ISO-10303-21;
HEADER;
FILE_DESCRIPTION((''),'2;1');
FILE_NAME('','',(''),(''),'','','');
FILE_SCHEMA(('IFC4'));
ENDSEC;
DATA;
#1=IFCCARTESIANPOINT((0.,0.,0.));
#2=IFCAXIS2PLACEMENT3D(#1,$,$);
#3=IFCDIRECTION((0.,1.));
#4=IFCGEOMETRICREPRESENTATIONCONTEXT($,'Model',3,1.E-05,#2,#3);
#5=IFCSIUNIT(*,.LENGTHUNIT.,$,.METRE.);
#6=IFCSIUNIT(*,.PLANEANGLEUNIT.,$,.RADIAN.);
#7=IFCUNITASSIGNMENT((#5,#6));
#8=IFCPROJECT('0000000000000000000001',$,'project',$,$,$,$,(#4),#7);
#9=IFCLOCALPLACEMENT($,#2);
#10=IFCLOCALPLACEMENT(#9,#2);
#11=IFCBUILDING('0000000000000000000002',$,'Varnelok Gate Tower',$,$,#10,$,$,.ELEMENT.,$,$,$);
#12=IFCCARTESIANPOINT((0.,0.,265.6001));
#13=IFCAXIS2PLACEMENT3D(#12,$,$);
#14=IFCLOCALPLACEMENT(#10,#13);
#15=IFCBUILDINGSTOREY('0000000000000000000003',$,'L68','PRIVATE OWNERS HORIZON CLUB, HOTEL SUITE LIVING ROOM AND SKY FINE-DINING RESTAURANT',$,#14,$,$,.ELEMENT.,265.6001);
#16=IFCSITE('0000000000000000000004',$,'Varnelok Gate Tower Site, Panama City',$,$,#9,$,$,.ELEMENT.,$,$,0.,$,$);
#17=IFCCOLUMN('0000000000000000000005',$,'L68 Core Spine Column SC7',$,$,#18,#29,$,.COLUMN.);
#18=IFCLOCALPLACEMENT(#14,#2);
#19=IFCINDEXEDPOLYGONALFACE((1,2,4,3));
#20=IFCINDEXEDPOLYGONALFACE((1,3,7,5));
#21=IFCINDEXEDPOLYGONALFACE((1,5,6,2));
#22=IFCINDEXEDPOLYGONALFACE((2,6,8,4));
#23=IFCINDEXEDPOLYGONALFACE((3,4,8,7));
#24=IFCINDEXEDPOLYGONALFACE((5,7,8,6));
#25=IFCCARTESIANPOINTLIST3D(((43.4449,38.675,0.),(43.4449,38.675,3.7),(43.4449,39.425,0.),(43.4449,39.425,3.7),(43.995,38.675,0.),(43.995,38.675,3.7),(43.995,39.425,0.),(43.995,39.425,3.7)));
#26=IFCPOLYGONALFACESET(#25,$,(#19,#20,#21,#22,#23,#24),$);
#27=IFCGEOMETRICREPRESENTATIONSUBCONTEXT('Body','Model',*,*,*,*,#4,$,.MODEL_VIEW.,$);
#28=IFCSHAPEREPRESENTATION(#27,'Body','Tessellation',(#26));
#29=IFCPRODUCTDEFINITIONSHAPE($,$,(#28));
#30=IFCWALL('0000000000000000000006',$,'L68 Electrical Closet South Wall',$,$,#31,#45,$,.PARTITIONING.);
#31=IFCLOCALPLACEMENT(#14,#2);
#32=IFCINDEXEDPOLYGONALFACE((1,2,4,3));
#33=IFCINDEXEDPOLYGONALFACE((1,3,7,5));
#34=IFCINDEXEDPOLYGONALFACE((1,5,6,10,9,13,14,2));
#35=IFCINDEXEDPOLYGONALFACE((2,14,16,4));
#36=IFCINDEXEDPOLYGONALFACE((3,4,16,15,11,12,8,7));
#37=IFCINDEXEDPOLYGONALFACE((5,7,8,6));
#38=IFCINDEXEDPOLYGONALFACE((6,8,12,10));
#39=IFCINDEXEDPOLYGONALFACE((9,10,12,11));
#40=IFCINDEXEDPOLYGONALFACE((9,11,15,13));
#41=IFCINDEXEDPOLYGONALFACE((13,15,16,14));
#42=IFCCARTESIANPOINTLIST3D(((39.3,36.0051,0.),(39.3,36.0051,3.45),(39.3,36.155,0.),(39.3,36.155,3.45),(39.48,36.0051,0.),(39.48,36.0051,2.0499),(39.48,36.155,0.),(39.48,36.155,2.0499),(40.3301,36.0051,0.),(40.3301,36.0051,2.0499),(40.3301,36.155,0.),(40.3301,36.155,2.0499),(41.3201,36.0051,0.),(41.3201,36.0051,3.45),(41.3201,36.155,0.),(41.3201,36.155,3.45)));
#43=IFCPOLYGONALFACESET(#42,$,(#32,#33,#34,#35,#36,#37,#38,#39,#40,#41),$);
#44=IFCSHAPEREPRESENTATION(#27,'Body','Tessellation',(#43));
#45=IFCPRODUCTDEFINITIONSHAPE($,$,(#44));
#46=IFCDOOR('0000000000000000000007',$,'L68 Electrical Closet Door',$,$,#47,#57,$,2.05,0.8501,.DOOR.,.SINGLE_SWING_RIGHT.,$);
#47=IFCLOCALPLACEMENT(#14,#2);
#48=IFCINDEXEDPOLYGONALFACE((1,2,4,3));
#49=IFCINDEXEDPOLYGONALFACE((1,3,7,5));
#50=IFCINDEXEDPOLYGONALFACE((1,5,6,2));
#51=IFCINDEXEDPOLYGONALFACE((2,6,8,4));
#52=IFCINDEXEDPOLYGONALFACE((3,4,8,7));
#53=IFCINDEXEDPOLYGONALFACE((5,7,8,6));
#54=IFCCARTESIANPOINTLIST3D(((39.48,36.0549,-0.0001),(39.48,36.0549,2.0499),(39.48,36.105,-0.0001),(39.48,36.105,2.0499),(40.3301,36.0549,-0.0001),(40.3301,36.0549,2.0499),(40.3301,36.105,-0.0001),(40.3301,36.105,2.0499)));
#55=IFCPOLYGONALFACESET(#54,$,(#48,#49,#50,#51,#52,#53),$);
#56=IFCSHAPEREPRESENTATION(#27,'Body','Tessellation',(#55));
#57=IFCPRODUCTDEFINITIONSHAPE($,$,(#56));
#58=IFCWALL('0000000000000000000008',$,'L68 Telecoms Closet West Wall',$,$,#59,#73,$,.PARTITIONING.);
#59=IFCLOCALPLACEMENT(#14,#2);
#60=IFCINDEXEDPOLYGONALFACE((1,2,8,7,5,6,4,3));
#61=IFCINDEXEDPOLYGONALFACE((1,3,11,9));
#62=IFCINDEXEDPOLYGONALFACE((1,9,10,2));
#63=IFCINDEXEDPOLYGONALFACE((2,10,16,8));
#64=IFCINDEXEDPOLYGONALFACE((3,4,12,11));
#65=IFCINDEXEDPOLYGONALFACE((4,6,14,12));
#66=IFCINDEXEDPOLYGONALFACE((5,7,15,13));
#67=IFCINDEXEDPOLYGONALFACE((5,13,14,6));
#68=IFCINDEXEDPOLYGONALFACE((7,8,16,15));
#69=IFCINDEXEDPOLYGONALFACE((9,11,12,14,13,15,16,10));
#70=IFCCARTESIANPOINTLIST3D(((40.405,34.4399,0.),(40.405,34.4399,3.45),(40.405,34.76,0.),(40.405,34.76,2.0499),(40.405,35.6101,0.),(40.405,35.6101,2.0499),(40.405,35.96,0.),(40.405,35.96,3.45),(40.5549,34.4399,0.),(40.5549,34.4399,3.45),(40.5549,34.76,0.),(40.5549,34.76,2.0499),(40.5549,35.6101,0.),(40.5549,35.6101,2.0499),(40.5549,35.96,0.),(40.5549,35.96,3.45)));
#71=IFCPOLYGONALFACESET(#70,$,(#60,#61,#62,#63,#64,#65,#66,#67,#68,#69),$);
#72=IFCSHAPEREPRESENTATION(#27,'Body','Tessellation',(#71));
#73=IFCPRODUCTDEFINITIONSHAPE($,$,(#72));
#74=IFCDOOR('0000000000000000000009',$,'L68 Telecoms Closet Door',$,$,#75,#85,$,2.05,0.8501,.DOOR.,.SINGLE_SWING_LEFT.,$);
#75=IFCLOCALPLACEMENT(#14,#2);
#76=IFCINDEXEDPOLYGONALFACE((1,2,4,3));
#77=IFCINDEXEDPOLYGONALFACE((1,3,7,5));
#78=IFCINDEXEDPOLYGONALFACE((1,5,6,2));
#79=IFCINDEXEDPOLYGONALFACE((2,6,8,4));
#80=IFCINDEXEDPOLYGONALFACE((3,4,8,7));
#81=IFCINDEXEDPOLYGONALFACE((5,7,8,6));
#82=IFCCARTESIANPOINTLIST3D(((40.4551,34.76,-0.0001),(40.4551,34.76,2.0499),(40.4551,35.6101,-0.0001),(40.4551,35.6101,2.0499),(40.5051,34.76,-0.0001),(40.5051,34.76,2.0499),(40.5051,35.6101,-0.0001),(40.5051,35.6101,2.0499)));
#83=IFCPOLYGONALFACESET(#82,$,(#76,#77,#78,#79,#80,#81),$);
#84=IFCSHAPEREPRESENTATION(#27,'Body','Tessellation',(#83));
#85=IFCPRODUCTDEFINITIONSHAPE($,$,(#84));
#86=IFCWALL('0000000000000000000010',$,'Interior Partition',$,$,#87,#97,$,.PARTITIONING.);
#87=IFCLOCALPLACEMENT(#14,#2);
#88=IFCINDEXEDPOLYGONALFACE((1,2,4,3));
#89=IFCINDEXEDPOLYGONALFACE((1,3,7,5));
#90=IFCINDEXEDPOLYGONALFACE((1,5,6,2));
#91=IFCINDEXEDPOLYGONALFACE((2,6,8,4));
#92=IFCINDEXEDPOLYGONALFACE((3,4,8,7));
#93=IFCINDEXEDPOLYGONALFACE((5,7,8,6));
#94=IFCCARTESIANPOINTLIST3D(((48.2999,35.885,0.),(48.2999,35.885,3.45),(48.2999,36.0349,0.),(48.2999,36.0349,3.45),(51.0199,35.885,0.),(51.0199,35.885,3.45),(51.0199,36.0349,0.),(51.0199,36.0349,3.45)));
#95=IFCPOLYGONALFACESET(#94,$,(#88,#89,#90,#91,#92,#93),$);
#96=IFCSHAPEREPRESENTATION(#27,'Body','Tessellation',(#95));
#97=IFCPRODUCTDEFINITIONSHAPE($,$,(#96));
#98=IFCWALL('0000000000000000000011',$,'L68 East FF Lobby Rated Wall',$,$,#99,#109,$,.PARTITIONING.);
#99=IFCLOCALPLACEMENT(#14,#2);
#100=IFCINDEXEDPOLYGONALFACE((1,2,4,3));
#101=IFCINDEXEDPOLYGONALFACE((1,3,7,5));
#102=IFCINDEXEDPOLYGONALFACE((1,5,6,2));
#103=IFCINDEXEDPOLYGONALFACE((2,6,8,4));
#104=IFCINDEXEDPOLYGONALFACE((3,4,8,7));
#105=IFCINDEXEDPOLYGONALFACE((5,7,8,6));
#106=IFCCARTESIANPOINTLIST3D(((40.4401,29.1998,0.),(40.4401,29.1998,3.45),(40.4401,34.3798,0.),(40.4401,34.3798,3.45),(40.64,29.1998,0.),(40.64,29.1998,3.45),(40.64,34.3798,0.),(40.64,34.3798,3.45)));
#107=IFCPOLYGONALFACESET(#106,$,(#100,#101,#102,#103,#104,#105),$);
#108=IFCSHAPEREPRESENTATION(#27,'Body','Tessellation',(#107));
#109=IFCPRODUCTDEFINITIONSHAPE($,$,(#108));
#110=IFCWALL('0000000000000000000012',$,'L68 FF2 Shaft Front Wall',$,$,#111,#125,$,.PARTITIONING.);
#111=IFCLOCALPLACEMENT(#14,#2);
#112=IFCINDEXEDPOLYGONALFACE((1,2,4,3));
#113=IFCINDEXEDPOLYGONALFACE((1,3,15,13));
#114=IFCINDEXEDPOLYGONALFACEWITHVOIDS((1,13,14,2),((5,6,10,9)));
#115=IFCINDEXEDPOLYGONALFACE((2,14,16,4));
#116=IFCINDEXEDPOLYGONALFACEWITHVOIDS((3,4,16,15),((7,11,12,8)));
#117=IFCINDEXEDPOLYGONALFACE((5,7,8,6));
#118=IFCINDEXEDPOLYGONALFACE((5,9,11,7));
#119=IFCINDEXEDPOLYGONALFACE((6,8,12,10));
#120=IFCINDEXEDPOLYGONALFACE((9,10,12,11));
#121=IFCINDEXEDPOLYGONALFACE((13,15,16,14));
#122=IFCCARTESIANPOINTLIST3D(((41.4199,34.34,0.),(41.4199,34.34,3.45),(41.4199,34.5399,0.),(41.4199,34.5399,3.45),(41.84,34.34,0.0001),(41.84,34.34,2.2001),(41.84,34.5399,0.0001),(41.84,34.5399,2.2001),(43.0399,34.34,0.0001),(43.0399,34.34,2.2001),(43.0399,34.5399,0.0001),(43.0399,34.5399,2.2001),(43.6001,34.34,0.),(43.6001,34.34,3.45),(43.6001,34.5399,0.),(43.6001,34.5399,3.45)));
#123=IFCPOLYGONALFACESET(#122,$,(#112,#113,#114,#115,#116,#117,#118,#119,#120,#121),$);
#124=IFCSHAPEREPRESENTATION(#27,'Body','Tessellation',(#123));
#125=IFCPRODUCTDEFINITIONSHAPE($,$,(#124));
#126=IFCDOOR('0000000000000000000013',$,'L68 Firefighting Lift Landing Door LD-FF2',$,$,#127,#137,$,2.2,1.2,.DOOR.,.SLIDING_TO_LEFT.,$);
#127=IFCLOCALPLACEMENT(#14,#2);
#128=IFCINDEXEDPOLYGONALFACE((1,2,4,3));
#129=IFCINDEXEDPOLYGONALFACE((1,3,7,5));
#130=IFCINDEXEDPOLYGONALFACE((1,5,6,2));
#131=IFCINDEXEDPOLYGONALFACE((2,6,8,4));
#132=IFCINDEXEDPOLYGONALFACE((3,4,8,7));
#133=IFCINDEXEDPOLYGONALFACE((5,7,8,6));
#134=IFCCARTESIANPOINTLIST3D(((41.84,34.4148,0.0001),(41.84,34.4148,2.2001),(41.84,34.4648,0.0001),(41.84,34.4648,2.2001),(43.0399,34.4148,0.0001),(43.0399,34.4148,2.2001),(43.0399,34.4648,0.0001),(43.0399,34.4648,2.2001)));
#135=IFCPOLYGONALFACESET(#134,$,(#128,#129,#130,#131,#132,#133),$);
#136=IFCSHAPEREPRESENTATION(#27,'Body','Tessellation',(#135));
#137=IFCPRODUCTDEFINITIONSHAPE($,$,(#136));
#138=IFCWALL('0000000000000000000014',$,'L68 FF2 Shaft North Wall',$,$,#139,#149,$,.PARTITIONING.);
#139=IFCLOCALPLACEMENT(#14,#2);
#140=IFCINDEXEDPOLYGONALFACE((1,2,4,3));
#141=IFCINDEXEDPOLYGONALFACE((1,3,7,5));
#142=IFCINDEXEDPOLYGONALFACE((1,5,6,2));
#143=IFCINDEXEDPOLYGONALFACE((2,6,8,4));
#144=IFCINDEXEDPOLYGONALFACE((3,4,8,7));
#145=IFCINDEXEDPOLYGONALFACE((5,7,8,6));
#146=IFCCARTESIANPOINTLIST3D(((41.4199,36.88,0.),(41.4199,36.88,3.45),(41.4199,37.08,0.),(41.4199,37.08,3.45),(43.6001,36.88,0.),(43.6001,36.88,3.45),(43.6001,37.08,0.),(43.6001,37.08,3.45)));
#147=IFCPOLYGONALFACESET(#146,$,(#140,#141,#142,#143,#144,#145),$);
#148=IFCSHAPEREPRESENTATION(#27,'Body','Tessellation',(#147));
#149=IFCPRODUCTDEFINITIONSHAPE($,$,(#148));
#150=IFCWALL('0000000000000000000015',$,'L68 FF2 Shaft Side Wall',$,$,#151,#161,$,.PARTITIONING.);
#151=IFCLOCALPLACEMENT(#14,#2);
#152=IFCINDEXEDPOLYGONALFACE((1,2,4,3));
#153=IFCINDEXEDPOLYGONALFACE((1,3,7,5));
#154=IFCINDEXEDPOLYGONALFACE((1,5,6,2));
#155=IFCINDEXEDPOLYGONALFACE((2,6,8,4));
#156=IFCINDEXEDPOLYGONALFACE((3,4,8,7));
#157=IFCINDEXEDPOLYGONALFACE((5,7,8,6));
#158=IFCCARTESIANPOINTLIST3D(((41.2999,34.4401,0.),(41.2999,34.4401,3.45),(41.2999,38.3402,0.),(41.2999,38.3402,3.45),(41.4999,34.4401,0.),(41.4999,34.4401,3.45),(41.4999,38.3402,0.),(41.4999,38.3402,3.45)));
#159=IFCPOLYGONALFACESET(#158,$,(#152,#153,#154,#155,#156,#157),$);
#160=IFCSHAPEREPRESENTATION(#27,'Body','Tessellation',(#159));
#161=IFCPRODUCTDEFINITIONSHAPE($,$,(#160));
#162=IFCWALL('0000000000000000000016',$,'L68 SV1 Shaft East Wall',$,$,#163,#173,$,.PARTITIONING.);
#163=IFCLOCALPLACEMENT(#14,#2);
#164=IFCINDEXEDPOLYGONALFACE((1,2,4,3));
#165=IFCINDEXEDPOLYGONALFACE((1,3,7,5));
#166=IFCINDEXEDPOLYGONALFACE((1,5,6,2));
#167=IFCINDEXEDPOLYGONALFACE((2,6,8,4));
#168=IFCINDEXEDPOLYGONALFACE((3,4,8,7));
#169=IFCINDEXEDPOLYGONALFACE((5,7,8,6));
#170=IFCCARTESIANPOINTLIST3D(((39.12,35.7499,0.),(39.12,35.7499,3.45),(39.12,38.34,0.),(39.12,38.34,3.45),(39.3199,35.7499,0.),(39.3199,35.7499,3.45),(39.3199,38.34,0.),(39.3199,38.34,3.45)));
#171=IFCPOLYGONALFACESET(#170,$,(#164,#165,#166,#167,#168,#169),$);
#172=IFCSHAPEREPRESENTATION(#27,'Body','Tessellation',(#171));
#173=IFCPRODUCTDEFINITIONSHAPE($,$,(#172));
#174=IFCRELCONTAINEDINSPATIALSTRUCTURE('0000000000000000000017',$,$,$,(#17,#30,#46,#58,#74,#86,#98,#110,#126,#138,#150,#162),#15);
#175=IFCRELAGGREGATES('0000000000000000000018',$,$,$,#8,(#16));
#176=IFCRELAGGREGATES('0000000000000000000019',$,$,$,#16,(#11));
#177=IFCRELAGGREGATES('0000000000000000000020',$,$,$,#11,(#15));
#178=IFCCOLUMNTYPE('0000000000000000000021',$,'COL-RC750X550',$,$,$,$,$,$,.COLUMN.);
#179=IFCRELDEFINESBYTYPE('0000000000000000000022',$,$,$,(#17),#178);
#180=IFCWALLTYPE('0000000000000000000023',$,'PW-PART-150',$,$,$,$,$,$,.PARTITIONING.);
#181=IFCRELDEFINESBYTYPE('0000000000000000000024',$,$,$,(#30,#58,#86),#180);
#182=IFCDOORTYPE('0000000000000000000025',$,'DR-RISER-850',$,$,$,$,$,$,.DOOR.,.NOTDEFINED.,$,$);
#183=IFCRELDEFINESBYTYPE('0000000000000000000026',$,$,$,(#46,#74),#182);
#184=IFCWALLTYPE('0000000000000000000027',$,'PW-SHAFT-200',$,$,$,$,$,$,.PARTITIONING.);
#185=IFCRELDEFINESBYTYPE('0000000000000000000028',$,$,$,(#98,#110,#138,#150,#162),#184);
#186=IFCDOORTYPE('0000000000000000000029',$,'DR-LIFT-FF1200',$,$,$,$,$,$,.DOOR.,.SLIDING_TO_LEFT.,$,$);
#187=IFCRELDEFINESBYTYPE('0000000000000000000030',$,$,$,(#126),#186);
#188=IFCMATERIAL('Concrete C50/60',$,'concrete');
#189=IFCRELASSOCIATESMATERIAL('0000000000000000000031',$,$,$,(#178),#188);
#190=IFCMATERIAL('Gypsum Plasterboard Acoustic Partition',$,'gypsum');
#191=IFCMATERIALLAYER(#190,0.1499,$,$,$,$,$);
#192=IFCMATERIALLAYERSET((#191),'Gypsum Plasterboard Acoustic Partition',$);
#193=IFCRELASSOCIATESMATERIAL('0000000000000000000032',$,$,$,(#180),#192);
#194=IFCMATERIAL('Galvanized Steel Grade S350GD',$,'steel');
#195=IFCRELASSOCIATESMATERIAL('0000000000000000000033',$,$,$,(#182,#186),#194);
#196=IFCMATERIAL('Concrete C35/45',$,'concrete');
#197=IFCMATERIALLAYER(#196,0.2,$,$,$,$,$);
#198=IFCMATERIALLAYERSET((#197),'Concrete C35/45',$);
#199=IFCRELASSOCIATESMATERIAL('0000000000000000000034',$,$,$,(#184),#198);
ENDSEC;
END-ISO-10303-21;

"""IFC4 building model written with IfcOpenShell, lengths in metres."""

from ifc_helpers import new_model, si_unit, direction, frame, frame_2d, origin, origin_2d, place, context, subcontext, project, spatial, rectangle, extrude, material, layer, layer_set, material_profile, profile_set, type_object, element, fill, save


model = new_model("IFC4")

# Units and contexts
model_context = context("Model", 3, precision=1e-05, world=origin(), true_north=direction((0.0, 1.0)))
body_context = subcontext(model_context, "Body", "Model", "MODEL_VIEW")
ifc_project = project(units=[si_unit("LENGTHUNIT", "METRE"), si_unit("PLANEANGLEUNIT", "RADIAN")], contexts=[model_context])

# Site, building, storey
site_placement = place(None, origin())
site = spatial("IfcSite", under=ifc_project, at=site_placement, Name="Varnelok Gate Tower Site, Panama City", CompositionType="ELEMENT", RefElevation=0.0)
building_placement = place(site_placement, origin())
building = spatial("IfcBuilding", under=site, at=building_placement, Name="Varnelok Gate Tower", CompositionType="ELEMENT")
storey_placement = place(building_placement, frame((0.0, 0.0, 265.6001)))
storey = spatial("IfcBuildingStorey", under=building, at=storey_placement, Name="L68", Description="PRIVATE OWNERS HORIZON CLUB, HOTEL SUITE LIVING ROOM AND SKY FINE-DINING RESTAURANT", CompositionType="ELEMENT", Elevation=265.6001)

# Column
ifc_material_1 = material(Name="Concrete C50/60", Category="concrete")
ifc_material_profile = material_profile(ifc_material_1, rectangle(XDim=0.55, YDim=0.75, at=origin_2d()), Name="RC750X550")
ifc_profile_set = profile_set([ifc_material_profile], Name="Concrete C50/60")
column_type = type_object("IfcColumnType", Name="COL-RC750X550", PredefinedType="COLUMN", material=ifc_profile_set)
column_placement = place(storey_placement, frame((43.72, 39.05, 0.0), z_axis=(0.0, 0.0, 1.0), x_axis=(1.0, 0.0, 0.0)))
element("IfcColumn", 1, at=column_placement, inside=storey, type_object=column_type, Name="L68 Core Spine Column SC7", PredefinedType="COLUMN", context=body_context, shape_type="SweptSolid", body=[
    extrude(rectangle(XDim=0.55, YDim=0.75, at=origin_2d()), origin(), (0.0, 0.0, 1.0), 3.7),
])

# Walls, openings, doors
ifc_material_2 = material(Name="Gypsum Plasterboard Acoustic Partition", Category="gypsum")
ifc_layer_1 = layer(ifc_material_2, 0.1499)
ifc_layer_set_1 = layer_set([ifc_layer_1], Name="Gypsum Plasterboard Acoustic Partition")
wall_type_1 = type_object("IfcWallType", Name="PW-PART-150", PredefinedType="PARTITIONING", material=ifc_layer_set_1)
wall_1_placement = place(storey_placement, frame((39.3, 36.0801, 0.0), z_axis=(0.0, 0.0, 1.0), x_axis=(1.0, 0.0, 0.0)))
wall_1 = element("IfcWall", 2, at=wall_1_placement, inside=storey, type_object=wall_type_1, Name="L68 Electrical Closet South Wall", PredefinedType="PARTITIONING", context=body_context, shape_type="SweptSolid", body=[
    extrude(rectangle(XDim=2.02, YDim=0.1499, at=frame_2d((1.01, 0.0))), origin(), (0.0, 0.0, 1.0), 3.45),
])
opening_1_placement = place(wall_1_placement, frame((0.1799, 0.0, 0.0)))
opening_1 = element("IfcOpeningElement", 3, at=opening_1_placement, cuts=wall_1, PredefinedType="OPENING", context=body_context, shape_type="SweptSolid", body=[
    extrude(rectangle(XDim=0.8501, YDim=2.05, at=frame_2d((0.425, 1.0249))), frame((0.0, 0.085, 0.0), z_axis=(0.0, -1.0, 0.0), x_axis=(1.0, 0.0, 0.0)), (0.0, 0.0, 1.0), 0.1699),
])
ifc_material_3 = material(Name="Galvanized Steel Grade S350GD", Category="steel")
door_type_1 = type_object("IfcDoorType", Name="DR-RISER-850", OperationType="NOTDEFINED", PredefinedType="DOOR", material=ifc_material_3)
door_1_placement = place(opening_1_placement, origin())
door_1 = element("IfcDoor", 4, at=door_1_placement, inside=storey, type_object=door_type_1, Name="L68 Electrical Closet Door", OperationType="SINGLE_SWING_RIGHT", OverallHeight=2.05, OverallWidth=0.8501, PredefinedType="DOOR", context=body_context, shape_type="SweptSolid", body=[
    extrude(rectangle(XDim=0.8501, YDim=2.05, at=frame_2d((0.425, 1.0249))), frame((0.0, 0.0249, 0.0), z_axis=(0.0, -1.0, 0.0), x_axis=(1.0, 0.0, 0.0)), (0.0, 0.0, 1.0), 0.05),
])
fill(opening_1, door_1)
wall_2_placement = place(storey_placement, frame((40.48, 34.4399, 0.0), z_axis=(0.0, 0.0, 1.0), x_axis=(0.0, 1.0, 0.0)))
wall_2 = element("IfcWall", 5, at=wall_2_placement, inside=storey, type_object=wall_type_1, Name="L68 Telecoms Closet West Wall", PredefinedType="PARTITIONING", context=body_context, shape_type="SweptSolid", body=[
    extrude(rectangle(XDim=1.52, YDim=0.1499, at=frame_2d((0.76, 0.0))), origin(), (0.0, 0.0, 1.0), 3.45),
])
opening_2_placement = place(wall_2_placement, frame((0.3201, 0.0, 0.0)))
opening_2 = element("IfcOpeningElement", 6, at=opening_2_placement, cuts=wall_2, PredefinedType="OPENING", context=body_context, shape_type="SweptSolid", body=[
    extrude(rectangle(XDim=0.8501, YDim=2.05, at=frame_2d((0.425, 1.0249))), frame((0.0, 0.085, 0.0), z_axis=(0.0, -1.0, 0.0), x_axis=(1.0, 0.0, 0.0)), (0.0, 0.0, 1.0), 0.1699),
])
door_2_placement = place(opening_2_placement, origin())
door_2 = element("IfcDoor", 7, at=door_2_placement, inside=storey, type_object=door_type_1, Name="L68 Telecoms Closet Door", OperationType="SINGLE_SWING_LEFT", OverallHeight=2.05, OverallWidth=0.8501, PredefinedType="DOOR", context=body_context, shape_type="SweptSolid", body=[
    extrude(rectangle(XDim=0.8501, YDim=2.05, at=frame_2d((0.425, 1.0249))), frame((0.0, 0.0249, 0.0), z_axis=(0.0, -1.0, 0.0), x_axis=(1.0, 0.0, 0.0)), (0.0, 0.0, 1.0), 0.05),
])
fill(opening_2, door_2)

# Walls
wall_3_placement = place(storey_placement, frame((48.3, 35.96, 0.0), z_axis=(0.0, 0.0, 1.0), x_axis=(1.0, 0.0, 0.0)))
element("IfcWall", 8, at=wall_3_placement, inside=storey, type_object=wall_type_1, Name="Interior Partition", PredefinedType="PARTITIONING", context=body_context, shape_type="SweptSolid", body=[
    extrude(rectangle(XDim=2.72, YDim=0.1499, at=frame_2d((1.3599, 0.0))), origin(), (0.0, 0.0, 1.0), 3.45),
])
ifc_material_4 = material(Name="Concrete C35/45", Category="concrete")
ifc_layer_2 = layer(ifc_material_4, 0.2)
ifc_layer_set_2 = layer_set([ifc_layer_2], Name="Concrete C35/45")
wall_type_2 = type_object("IfcWallType", Name="PW-SHAFT-200", PredefinedType="PARTITIONING", material=ifc_layer_set_2)
wall_4_placement = place(storey_placement, frame((40.54, 29.2, 0.0), z_axis=(0.0, 0.0, 1.0), x_axis=(0.0, 1.0, 0.0)))
element("IfcWall", 9, at=wall_4_placement, inside=storey, type_object=wall_type_2, Name="L68 East FF Lobby Rated Wall", PredefinedType="PARTITIONING", context=body_context, shape_type="SweptSolid", body=[
    extrude(rectangle(XDim=5.1799, YDim=0.2, at=frame_2d((2.5898, 0.0))), origin(), (0.0, 0.0, 1.0), 3.45),
])

# Wall, opening, door
wall_5_placement = place(storey_placement, frame((41.4199, 34.4399, 0.0), z_axis=(0.0, 0.0, 1.0), x_axis=(1.0, 0.0, 0.0)))
wall_5 = element("IfcWall", 10, at=wall_5_placement, inside=storey, type_object=wall_type_2, Name="L68 FF2 Shaft Front Wall", PredefinedType="PARTITIONING", context=body_context, shape_type="SweptSolid", body=[
    extrude(rectangle(XDim=2.1802, YDim=0.2, at=frame_2d((1.0901, 0.0))), origin(), (0.0, 0.0, 1.0), 3.45),
])
opening_3_placement = place(wall_5_placement, frame((0.4199, 0.0, 0.0)))
opening_3 = element("IfcOpeningElement", 11, at=opening_3_placement, cuts=wall_5, PredefinedType="OPENING", context=body_context, shape_type="SweptSolid", body=[
    extrude(rectangle(XDim=1.2, YDim=2.2, at=frame_2d((0.6001, 1.1001))), frame((0.0, 0.1099, 0.0), z_axis=(0.0, -1.0, 0.0), x_axis=(1.0, 0.0, 0.0)), (0.0, 0.0, 1.0), 0.22),
])
door_type_2 = type_object("IfcDoorType", Name="DR-LIFT-FF1200", OperationType="SLIDING_TO_LEFT", PredefinedType="DOOR", material=ifc_material_3)
door_3_placement = place(opening_3_placement, origin())
door_3 = element("IfcDoor", 12, at=door_3_placement, inside=storey, type_object=door_type_2, Name="L68 Firefighting Lift Landing Door LD-FF2", OperationType="SLIDING_TO_LEFT", OverallHeight=2.2, OverallWidth=1.2, PredefinedType="DOOR", context=body_context, shape_type="SweptSolid", body=[
    extrude(rectangle(XDim=1.2, YDim=2.2, at=frame_2d((0.6001, 1.1001))), frame((0.0, 0.0249, 0.0), z_axis=(0.0, -1.0, 0.0), x_axis=(1.0, 0.0, 0.0)), (0.0, 0.0, 1.0), 0.05),
])
fill(opening_3, door_3)

# Walls
wall_6_placement = place(storey_placement, frame((41.4199, 36.98, 0.0), z_axis=(0.0, 0.0, 1.0), x_axis=(1.0, 0.0, 0.0)))
element("IfcWall", 13, at=wall_6_placement, inside=storey, type_object=wall_type_2, Name="L68 FF2 Shaft North Wall", PredefinedType="PARTITIONING", context=body_context, shape_type="SweptSolid", body=[
    extrude(rectangle(XDim=2.1802, YDim=0.2, at=frame_2d((1.0901, 0.0))), origin(), (0.0, 0.0, 1.0), 3.45),
])
wall_7_placement = place(storey_placement, frame((41.3999, 34.4399, 0.0), z_axis=(0.0, 0.0, 1.0), x_axis=(0.0, 1.0, 0.0)))
element("IfcWall", 14, at=wall_7_placement, inside=storey, type_object=wall_type_2, Name="L68 FF2 Shaft Side Wall", PredefinedType="PARTITIONING", context=body_context, shape_type="SweptSolid", body=[
    extrude(rectangle(XDim=3.9001, YDim=0.2, at=frame_2d((1.9502, 0.0))), origin(), (0.0, 0.0, 1.0), 3.45),
])
wall_8_placement = place(storey_placement, frame((39.22, 35.75, 0.0), z_axis=(0.0, 0.0, 1.0), x_axis=(0.0, 1.0, 0.0)))
element("IfcWall", 15, at=wall_8_placement, inside=storey, type_object=wall_type_2, Name="L68 SV1 Shaft East Wall", PredefinedType="PARTITIONING", context=body_context, shape_type="SweptSolid", body=[
    extrude(rectangle(XDim=2.5901, YDim=0.2, at=frame_2d((1.2949, 0.0))), origin(), (0.0, 0.0, 1.0), 3.45),
])

save(model, "model.ifc")
